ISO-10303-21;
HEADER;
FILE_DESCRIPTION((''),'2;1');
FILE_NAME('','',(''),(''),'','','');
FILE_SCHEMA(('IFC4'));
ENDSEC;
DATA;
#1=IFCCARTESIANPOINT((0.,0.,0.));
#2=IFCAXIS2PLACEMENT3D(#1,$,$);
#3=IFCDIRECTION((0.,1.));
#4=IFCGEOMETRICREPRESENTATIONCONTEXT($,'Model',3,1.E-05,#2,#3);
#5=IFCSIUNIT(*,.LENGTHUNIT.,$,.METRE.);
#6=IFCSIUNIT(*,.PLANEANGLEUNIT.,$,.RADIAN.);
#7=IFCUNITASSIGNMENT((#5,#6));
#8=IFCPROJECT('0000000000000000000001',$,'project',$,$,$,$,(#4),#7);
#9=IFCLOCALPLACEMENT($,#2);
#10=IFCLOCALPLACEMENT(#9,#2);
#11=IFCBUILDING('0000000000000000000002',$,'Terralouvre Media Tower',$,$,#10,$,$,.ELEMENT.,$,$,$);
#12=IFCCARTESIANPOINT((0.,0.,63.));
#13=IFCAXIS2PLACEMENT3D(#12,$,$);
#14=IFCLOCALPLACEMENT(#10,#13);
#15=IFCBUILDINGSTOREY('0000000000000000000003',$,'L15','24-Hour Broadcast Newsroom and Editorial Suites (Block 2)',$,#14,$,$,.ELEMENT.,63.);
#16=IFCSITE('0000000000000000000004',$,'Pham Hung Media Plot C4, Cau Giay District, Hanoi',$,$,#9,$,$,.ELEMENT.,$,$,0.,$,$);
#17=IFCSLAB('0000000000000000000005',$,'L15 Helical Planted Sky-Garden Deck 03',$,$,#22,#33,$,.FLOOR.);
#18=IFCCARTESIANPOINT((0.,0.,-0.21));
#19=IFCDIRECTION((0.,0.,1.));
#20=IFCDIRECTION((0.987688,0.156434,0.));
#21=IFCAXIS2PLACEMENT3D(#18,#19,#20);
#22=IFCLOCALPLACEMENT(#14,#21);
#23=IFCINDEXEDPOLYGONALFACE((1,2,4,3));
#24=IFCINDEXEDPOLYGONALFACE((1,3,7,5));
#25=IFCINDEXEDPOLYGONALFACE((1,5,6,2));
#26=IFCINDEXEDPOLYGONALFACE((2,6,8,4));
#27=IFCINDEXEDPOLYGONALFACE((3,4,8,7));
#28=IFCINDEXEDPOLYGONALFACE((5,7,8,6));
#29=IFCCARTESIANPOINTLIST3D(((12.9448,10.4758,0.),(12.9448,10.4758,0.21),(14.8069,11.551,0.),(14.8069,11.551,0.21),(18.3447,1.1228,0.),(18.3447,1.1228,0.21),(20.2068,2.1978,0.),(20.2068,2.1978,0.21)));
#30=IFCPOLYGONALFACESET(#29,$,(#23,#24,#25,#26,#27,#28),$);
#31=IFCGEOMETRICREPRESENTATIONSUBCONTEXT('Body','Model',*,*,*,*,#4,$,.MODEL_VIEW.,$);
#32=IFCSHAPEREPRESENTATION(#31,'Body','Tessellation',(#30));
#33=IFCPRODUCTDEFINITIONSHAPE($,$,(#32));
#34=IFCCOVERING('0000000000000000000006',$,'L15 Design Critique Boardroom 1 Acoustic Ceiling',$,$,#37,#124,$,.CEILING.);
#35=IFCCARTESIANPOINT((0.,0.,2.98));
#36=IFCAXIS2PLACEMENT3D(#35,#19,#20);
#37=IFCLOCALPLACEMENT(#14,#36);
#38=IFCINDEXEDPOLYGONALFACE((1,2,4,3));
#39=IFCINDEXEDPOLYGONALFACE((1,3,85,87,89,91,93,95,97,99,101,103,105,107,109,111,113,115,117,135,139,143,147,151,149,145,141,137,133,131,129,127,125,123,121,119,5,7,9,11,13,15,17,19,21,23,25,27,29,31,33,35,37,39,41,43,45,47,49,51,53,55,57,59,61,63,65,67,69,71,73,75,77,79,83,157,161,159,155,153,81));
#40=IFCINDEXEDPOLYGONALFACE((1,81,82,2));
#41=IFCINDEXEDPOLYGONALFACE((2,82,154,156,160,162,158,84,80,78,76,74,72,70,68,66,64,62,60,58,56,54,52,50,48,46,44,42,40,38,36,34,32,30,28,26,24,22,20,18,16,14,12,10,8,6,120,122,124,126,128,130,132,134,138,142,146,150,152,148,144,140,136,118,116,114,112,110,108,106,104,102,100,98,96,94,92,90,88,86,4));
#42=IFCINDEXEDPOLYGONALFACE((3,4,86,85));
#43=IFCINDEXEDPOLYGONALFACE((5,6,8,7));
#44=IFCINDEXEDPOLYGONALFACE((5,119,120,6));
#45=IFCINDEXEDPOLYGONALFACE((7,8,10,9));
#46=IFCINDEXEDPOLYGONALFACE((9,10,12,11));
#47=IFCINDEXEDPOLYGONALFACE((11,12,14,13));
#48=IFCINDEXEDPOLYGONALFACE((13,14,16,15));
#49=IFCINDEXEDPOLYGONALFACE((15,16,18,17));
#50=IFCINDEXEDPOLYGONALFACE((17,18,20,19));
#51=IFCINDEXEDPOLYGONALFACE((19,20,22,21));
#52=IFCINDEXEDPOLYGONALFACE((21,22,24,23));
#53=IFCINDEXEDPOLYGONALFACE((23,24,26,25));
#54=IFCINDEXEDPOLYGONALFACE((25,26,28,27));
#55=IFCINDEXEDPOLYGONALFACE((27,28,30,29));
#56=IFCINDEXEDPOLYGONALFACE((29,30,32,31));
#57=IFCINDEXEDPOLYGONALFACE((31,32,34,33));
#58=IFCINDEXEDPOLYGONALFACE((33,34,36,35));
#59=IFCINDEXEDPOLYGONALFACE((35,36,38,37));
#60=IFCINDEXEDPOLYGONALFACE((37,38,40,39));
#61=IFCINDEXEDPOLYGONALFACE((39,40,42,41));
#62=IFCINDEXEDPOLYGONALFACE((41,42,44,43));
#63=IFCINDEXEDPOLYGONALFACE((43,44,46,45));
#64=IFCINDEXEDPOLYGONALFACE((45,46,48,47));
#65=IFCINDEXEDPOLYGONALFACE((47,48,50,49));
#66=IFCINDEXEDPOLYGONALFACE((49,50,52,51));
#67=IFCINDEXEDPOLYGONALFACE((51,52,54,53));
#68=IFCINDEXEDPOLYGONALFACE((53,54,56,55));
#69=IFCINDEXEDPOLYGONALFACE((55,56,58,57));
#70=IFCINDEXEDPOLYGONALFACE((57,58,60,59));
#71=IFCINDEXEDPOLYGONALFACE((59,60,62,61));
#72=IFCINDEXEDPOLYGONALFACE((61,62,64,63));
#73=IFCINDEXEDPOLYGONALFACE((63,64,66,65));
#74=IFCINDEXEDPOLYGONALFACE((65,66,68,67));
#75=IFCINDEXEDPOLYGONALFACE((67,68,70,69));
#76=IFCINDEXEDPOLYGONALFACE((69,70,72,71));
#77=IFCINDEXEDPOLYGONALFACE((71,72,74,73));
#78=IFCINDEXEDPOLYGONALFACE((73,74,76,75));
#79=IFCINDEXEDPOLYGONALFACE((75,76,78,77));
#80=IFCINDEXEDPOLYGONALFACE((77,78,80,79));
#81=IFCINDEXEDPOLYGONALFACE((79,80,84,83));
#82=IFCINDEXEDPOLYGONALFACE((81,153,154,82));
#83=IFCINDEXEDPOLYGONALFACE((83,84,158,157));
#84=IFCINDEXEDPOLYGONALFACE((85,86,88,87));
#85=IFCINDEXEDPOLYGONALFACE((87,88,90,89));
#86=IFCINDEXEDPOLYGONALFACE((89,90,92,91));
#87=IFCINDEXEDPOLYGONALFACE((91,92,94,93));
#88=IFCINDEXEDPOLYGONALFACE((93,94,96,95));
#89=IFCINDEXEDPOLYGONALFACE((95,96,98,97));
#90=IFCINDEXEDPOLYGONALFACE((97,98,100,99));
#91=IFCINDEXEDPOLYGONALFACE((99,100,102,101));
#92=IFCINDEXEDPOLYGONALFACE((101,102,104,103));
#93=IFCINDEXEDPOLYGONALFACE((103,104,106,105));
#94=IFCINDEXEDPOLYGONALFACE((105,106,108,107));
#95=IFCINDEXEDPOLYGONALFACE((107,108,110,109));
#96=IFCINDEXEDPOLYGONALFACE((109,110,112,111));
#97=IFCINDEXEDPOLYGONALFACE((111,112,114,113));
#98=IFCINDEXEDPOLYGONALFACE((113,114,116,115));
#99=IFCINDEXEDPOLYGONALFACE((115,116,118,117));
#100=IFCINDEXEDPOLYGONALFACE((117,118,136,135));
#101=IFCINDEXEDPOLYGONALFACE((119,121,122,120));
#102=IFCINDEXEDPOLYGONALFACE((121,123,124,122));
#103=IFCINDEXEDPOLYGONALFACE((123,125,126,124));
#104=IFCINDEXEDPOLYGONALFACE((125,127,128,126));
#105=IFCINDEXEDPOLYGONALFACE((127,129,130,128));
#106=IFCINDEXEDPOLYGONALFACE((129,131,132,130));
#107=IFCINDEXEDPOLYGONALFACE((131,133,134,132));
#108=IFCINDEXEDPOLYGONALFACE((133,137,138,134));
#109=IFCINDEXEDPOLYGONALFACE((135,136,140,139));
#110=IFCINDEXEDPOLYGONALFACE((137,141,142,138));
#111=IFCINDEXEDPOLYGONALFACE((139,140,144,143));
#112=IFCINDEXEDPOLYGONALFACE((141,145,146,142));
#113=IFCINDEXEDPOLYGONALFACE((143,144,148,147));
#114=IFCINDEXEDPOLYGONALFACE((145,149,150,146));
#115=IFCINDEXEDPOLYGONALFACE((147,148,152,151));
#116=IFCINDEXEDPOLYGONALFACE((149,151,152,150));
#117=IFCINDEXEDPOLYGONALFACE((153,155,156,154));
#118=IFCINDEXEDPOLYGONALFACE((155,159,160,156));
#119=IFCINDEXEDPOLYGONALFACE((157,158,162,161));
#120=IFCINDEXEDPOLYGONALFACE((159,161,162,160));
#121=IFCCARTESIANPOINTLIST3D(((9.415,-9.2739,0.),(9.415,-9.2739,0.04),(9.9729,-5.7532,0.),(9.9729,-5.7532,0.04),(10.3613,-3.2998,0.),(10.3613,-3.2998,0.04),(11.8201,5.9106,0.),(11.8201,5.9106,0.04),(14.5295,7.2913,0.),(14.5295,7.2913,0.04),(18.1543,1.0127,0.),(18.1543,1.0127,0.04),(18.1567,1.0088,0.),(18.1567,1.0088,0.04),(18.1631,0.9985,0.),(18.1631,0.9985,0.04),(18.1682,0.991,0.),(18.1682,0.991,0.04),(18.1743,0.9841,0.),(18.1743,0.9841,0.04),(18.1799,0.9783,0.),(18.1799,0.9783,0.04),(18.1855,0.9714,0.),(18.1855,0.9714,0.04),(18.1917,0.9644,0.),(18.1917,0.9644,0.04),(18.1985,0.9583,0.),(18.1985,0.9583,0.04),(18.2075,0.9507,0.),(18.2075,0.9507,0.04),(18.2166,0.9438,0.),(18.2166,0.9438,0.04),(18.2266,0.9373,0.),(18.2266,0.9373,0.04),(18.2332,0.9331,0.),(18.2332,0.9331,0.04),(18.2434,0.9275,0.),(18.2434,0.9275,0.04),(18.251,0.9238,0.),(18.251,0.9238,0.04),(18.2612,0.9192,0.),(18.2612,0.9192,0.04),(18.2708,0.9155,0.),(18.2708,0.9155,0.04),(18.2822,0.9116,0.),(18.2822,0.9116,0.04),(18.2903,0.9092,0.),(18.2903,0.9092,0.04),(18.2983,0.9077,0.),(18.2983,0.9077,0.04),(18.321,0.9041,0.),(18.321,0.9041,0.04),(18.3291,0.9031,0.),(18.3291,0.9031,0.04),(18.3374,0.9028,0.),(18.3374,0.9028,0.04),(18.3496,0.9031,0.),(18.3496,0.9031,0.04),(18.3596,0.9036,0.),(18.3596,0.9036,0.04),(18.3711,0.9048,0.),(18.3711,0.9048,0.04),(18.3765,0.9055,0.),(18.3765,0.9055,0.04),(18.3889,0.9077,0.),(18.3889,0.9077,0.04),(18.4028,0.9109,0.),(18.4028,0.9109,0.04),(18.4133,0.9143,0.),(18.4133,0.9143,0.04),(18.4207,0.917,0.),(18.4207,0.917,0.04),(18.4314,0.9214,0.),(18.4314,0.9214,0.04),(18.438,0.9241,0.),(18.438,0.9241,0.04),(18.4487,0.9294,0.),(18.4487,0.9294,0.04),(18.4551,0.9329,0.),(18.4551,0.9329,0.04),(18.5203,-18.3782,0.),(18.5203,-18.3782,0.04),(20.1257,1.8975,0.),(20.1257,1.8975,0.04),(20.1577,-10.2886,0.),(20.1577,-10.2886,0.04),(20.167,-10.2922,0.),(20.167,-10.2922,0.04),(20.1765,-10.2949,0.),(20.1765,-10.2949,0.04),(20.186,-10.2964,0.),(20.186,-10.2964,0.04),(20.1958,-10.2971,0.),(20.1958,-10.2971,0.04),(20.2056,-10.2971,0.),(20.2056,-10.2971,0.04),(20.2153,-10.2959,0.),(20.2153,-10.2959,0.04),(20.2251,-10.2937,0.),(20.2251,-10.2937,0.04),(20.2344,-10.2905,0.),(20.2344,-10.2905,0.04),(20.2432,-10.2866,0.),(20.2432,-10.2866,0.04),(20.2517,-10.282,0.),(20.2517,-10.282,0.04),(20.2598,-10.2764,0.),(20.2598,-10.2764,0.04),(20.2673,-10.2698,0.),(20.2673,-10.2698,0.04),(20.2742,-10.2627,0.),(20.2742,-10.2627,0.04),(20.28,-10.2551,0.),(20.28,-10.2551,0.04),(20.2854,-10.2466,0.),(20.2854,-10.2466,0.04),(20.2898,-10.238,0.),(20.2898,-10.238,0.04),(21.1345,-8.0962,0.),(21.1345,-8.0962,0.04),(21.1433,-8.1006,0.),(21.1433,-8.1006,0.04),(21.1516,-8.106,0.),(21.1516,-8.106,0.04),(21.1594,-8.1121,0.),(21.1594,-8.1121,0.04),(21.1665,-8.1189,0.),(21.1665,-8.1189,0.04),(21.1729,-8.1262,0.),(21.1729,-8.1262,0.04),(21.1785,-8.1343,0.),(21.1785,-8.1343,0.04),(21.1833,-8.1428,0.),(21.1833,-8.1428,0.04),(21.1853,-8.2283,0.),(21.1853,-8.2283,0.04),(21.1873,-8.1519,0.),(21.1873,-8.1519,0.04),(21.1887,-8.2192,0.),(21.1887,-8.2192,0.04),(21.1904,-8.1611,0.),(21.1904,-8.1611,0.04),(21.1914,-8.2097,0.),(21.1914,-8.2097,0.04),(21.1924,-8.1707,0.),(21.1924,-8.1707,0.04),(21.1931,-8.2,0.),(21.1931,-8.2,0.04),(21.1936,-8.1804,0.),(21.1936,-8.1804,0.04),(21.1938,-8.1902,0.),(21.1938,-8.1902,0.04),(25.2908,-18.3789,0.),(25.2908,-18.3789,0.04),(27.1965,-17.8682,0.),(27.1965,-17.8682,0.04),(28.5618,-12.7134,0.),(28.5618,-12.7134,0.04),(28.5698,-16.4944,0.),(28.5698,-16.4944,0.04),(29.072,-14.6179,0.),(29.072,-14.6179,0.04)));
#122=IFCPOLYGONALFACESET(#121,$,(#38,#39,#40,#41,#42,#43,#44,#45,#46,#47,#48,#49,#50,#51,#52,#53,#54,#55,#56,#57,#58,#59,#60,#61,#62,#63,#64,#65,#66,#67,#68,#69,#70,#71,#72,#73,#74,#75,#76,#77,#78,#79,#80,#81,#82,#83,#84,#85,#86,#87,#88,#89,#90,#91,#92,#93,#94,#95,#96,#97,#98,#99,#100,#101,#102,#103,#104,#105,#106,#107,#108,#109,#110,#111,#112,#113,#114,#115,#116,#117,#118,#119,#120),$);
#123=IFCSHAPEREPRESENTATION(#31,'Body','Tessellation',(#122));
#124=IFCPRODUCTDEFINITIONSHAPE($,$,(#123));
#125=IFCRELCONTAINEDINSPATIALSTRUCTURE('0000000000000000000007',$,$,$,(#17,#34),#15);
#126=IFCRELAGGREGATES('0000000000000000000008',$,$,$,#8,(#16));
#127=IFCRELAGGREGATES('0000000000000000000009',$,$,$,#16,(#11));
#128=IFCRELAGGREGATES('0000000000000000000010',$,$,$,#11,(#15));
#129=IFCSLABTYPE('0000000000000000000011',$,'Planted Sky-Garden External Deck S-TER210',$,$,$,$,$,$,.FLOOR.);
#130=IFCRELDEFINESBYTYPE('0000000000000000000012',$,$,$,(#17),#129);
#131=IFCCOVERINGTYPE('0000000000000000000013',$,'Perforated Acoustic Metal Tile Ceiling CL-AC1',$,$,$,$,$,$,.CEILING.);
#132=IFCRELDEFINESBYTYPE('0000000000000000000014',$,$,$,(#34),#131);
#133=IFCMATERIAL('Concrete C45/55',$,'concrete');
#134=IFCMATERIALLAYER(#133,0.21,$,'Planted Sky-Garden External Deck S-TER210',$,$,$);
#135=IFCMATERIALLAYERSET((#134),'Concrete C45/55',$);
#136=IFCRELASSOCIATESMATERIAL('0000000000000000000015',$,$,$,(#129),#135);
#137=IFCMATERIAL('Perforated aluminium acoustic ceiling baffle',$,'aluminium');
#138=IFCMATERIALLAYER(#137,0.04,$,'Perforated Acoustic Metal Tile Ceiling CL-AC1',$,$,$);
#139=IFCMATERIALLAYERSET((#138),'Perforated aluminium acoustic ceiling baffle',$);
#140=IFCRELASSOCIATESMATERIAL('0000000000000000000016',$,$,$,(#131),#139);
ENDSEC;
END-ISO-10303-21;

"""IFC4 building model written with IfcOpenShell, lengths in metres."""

from ifc_helpers import new_model, si_unit, direction, frame, origin, place, context, subcontext, project, spatial, polyline, outline, extrude, material, layer, layer_set, type_object, element, save


model = new_model("IFC4")

# Units and contexts
model_context = context("Model", 3, precision=1e-05, world=origin(), true_north=direction((0.0, 1.0)))
body_context = subcontext(model_context, "Body", "Model", "MODEL_VIEW")
ifc_project = project(units=[si_unit("LENGTHUNIT", "METRE"), si_unit("PLANEANGLEUNIT", "RADIAN")], contexts=[model_context])

# Site, building, storey
site_placement = place(None, origin())
site = spatial("IfcSite", under=ifc_project, at=site_placement, Name="Pham Hung Media Plot C4, Cau Giay District, Hanoi", CompositionType="ELEMENT", RefElevation=0.0)
building_placement = place(site_placement, origin())
building = spatial("IfcBuilding", under=site, at=building_placement, Name="Terralouvre Media Tower", CompositionType="ELEMENT")
storey_placement = place(building_placement, frame((0.0, 0.0, 63.0)))
storey = spatial("IfcBuildingStorey", under=building, at=storey_placement, Name="L15", Description="24-Hour Broadcast Newsroom and Editorial Suites (Block 2)", CompositionType="ELEMENT", Elevation=63.0)

# Slab
ifc_material_1 = material(Name="Concrete C45/55", Category="concrete")
ifc_layer_1 = layer(ifc_material_1, 0.21, Name="Planted Sky-Garden External Deck S-TER210")
ifc_layer_set_1 = layer_set([ifc_layer_1], Name="Concrete C45/55")
slab_type_1 = type_object("IfcSlabType", Name="Planted Sky-Garden External Deck S-TER210", PredefinedType="FLOOR", material=ifc_layer_set_1)
slab_1_placement = place(storey_placement, frame((0.0, 0.0, -0.21), z_axis=(0.0, 0.0, 1.0), x_axis=(0.987688, 0.156434, 0.0)))
element("IfcSlab", 1, at=slab_1_placement, inside=storey, type_object=slab_type_1, Name="L15 Helical Planted Sky-Garden Deck 03", PredefinedType="FLOOR", context=body_context, shape_type="SweptSolid", body=[
    extrude(outline(polyline([(20.2068, 2.1978), (14.8069, 11.551), (12.9448, 10.4758), (18.3447, 1.1228), (20.2068, 2.1978)])), origin(), (0.0, 0.0, 1.0), 0.21),
])

# Covering
ifc_material_2 = material(Name="Perforated aluminium acoustic ceiling baffle", Category="aluminium")
ifc_layer_2 = layer(ifc_material_2, 0.04, Name="Perforated Acoustic Metal Tile Ceiling CL-AC1")
ifc_layer_set_2 = layer_set([ifc_layer_2], Name="Perforated aluminium acoustic ceiling baffle")
covering_type = type_object("IfcCoveringType", Name="Perforated Acoustic Metal Tile Ceiling CL-AC1", PredefinedType="CEILING", material=ifc_layer_set_2)
covering_1_placement = place(storey_placement, frame((0.0, 0.0, 2.98), z_axis=(0.0, 0.0, 1.0), x_axis=(0.987688, 0.156434, 0.0)))
element("IfcCovering", 2, at=covering_1_placement, inside=storey, type_object=covering_type, Name="L15 Design Critique Boardroom 1 Acoustic Ceiling", PredefinedType="CEILING", context=body_context, shape_type="SweptSolid", body=[
    extrude(outline(polyline([(20.1257, 1.8975), (18.4551, 0.9329), (18.4487, 0.9294), (18.438, 0.9241), (18.4314, 0.9214), (18.4207, 0.917), (18.4133, 0.9143), (18.4028, 0.9109), (18.3889, 0.9077), (18.3765, 0.9055), (18.3711, 0.9048), (18.3596, 0.9036), (18.3496, 0.9031), (18.3374, 0.9028), (18.3291, 0.9031), (18.321, 0.9041), (18.2983, 0.9077), (18.2903, 0.9092), (18.2822, 0.9116), (18.2708, 0.9155), (18.2612, 0.9192), (18.251, 0.9238), (18.2434, 0.9275), (18.2332, 0.9331), (18.2266, 0.9373), (18.2166, 0.9438), (18.2075, 0.9507), (18.1985, 0.9583), (18.1917, 0.9644), (18.1855, 0.9714), (18.1799, 0.9783), (18.1743, 0.9841), (18.1682, 0.991), (18.1631, 0.9985), (18.1567, 1.0088), (18.1543, 1.0127), (14.5295, 7.2913), (11.8201, 5.9106), (10.3613, -3.2998), (21.1345, -8.0962), (21.1433, -8.1006), (21.1516, -8.106), (21.1594, -8.1121), (21.1665, -8.1189), (21.1729, -8.1262), (21.1785, -8.1343), (21.1833, -8.1428), (21.1873, -8.1519), (21.1904, -8.1611), (21.1924, -8.1707), (21.1936, -8.1804), (21.1938, -8.1902), (21.1931, -8.2), (21.1914, -8.2097), (21.1887, -8.2192), (21.1853, -8.2283), (20.2898, -10.238), (20.2854, -10.2466), (20.28, -10.2551), (20.2742, -10.2627), (20.2673, -10.2698), (20.2598, -10.2764), (20.2517, -10.282), (20.2432, -10.2866), (20.2344, -10.2905), (20.2251, -10.2937), (20.2153, -10.2959), (20.2056, -10.2971), (20.1958, -10.2971), (20.186, -10.2964), (20.1765, -10.2949), (20.167, -10.2922), (20.1577, -10.2886), (9.9729, -5.7532), (9.415, -9.2739), (18.5203, -18.3782), (25.2908, -18.3789), (27.1965, -17.8682), (28.5698, -16.4944), (29.072, -14.6179), (28.5618, -12.7134), (20.1257, 1.8975)])), origin(), (0.0, 0.0, 1.0), 0.04),
])

save(model, "model.ifc")
